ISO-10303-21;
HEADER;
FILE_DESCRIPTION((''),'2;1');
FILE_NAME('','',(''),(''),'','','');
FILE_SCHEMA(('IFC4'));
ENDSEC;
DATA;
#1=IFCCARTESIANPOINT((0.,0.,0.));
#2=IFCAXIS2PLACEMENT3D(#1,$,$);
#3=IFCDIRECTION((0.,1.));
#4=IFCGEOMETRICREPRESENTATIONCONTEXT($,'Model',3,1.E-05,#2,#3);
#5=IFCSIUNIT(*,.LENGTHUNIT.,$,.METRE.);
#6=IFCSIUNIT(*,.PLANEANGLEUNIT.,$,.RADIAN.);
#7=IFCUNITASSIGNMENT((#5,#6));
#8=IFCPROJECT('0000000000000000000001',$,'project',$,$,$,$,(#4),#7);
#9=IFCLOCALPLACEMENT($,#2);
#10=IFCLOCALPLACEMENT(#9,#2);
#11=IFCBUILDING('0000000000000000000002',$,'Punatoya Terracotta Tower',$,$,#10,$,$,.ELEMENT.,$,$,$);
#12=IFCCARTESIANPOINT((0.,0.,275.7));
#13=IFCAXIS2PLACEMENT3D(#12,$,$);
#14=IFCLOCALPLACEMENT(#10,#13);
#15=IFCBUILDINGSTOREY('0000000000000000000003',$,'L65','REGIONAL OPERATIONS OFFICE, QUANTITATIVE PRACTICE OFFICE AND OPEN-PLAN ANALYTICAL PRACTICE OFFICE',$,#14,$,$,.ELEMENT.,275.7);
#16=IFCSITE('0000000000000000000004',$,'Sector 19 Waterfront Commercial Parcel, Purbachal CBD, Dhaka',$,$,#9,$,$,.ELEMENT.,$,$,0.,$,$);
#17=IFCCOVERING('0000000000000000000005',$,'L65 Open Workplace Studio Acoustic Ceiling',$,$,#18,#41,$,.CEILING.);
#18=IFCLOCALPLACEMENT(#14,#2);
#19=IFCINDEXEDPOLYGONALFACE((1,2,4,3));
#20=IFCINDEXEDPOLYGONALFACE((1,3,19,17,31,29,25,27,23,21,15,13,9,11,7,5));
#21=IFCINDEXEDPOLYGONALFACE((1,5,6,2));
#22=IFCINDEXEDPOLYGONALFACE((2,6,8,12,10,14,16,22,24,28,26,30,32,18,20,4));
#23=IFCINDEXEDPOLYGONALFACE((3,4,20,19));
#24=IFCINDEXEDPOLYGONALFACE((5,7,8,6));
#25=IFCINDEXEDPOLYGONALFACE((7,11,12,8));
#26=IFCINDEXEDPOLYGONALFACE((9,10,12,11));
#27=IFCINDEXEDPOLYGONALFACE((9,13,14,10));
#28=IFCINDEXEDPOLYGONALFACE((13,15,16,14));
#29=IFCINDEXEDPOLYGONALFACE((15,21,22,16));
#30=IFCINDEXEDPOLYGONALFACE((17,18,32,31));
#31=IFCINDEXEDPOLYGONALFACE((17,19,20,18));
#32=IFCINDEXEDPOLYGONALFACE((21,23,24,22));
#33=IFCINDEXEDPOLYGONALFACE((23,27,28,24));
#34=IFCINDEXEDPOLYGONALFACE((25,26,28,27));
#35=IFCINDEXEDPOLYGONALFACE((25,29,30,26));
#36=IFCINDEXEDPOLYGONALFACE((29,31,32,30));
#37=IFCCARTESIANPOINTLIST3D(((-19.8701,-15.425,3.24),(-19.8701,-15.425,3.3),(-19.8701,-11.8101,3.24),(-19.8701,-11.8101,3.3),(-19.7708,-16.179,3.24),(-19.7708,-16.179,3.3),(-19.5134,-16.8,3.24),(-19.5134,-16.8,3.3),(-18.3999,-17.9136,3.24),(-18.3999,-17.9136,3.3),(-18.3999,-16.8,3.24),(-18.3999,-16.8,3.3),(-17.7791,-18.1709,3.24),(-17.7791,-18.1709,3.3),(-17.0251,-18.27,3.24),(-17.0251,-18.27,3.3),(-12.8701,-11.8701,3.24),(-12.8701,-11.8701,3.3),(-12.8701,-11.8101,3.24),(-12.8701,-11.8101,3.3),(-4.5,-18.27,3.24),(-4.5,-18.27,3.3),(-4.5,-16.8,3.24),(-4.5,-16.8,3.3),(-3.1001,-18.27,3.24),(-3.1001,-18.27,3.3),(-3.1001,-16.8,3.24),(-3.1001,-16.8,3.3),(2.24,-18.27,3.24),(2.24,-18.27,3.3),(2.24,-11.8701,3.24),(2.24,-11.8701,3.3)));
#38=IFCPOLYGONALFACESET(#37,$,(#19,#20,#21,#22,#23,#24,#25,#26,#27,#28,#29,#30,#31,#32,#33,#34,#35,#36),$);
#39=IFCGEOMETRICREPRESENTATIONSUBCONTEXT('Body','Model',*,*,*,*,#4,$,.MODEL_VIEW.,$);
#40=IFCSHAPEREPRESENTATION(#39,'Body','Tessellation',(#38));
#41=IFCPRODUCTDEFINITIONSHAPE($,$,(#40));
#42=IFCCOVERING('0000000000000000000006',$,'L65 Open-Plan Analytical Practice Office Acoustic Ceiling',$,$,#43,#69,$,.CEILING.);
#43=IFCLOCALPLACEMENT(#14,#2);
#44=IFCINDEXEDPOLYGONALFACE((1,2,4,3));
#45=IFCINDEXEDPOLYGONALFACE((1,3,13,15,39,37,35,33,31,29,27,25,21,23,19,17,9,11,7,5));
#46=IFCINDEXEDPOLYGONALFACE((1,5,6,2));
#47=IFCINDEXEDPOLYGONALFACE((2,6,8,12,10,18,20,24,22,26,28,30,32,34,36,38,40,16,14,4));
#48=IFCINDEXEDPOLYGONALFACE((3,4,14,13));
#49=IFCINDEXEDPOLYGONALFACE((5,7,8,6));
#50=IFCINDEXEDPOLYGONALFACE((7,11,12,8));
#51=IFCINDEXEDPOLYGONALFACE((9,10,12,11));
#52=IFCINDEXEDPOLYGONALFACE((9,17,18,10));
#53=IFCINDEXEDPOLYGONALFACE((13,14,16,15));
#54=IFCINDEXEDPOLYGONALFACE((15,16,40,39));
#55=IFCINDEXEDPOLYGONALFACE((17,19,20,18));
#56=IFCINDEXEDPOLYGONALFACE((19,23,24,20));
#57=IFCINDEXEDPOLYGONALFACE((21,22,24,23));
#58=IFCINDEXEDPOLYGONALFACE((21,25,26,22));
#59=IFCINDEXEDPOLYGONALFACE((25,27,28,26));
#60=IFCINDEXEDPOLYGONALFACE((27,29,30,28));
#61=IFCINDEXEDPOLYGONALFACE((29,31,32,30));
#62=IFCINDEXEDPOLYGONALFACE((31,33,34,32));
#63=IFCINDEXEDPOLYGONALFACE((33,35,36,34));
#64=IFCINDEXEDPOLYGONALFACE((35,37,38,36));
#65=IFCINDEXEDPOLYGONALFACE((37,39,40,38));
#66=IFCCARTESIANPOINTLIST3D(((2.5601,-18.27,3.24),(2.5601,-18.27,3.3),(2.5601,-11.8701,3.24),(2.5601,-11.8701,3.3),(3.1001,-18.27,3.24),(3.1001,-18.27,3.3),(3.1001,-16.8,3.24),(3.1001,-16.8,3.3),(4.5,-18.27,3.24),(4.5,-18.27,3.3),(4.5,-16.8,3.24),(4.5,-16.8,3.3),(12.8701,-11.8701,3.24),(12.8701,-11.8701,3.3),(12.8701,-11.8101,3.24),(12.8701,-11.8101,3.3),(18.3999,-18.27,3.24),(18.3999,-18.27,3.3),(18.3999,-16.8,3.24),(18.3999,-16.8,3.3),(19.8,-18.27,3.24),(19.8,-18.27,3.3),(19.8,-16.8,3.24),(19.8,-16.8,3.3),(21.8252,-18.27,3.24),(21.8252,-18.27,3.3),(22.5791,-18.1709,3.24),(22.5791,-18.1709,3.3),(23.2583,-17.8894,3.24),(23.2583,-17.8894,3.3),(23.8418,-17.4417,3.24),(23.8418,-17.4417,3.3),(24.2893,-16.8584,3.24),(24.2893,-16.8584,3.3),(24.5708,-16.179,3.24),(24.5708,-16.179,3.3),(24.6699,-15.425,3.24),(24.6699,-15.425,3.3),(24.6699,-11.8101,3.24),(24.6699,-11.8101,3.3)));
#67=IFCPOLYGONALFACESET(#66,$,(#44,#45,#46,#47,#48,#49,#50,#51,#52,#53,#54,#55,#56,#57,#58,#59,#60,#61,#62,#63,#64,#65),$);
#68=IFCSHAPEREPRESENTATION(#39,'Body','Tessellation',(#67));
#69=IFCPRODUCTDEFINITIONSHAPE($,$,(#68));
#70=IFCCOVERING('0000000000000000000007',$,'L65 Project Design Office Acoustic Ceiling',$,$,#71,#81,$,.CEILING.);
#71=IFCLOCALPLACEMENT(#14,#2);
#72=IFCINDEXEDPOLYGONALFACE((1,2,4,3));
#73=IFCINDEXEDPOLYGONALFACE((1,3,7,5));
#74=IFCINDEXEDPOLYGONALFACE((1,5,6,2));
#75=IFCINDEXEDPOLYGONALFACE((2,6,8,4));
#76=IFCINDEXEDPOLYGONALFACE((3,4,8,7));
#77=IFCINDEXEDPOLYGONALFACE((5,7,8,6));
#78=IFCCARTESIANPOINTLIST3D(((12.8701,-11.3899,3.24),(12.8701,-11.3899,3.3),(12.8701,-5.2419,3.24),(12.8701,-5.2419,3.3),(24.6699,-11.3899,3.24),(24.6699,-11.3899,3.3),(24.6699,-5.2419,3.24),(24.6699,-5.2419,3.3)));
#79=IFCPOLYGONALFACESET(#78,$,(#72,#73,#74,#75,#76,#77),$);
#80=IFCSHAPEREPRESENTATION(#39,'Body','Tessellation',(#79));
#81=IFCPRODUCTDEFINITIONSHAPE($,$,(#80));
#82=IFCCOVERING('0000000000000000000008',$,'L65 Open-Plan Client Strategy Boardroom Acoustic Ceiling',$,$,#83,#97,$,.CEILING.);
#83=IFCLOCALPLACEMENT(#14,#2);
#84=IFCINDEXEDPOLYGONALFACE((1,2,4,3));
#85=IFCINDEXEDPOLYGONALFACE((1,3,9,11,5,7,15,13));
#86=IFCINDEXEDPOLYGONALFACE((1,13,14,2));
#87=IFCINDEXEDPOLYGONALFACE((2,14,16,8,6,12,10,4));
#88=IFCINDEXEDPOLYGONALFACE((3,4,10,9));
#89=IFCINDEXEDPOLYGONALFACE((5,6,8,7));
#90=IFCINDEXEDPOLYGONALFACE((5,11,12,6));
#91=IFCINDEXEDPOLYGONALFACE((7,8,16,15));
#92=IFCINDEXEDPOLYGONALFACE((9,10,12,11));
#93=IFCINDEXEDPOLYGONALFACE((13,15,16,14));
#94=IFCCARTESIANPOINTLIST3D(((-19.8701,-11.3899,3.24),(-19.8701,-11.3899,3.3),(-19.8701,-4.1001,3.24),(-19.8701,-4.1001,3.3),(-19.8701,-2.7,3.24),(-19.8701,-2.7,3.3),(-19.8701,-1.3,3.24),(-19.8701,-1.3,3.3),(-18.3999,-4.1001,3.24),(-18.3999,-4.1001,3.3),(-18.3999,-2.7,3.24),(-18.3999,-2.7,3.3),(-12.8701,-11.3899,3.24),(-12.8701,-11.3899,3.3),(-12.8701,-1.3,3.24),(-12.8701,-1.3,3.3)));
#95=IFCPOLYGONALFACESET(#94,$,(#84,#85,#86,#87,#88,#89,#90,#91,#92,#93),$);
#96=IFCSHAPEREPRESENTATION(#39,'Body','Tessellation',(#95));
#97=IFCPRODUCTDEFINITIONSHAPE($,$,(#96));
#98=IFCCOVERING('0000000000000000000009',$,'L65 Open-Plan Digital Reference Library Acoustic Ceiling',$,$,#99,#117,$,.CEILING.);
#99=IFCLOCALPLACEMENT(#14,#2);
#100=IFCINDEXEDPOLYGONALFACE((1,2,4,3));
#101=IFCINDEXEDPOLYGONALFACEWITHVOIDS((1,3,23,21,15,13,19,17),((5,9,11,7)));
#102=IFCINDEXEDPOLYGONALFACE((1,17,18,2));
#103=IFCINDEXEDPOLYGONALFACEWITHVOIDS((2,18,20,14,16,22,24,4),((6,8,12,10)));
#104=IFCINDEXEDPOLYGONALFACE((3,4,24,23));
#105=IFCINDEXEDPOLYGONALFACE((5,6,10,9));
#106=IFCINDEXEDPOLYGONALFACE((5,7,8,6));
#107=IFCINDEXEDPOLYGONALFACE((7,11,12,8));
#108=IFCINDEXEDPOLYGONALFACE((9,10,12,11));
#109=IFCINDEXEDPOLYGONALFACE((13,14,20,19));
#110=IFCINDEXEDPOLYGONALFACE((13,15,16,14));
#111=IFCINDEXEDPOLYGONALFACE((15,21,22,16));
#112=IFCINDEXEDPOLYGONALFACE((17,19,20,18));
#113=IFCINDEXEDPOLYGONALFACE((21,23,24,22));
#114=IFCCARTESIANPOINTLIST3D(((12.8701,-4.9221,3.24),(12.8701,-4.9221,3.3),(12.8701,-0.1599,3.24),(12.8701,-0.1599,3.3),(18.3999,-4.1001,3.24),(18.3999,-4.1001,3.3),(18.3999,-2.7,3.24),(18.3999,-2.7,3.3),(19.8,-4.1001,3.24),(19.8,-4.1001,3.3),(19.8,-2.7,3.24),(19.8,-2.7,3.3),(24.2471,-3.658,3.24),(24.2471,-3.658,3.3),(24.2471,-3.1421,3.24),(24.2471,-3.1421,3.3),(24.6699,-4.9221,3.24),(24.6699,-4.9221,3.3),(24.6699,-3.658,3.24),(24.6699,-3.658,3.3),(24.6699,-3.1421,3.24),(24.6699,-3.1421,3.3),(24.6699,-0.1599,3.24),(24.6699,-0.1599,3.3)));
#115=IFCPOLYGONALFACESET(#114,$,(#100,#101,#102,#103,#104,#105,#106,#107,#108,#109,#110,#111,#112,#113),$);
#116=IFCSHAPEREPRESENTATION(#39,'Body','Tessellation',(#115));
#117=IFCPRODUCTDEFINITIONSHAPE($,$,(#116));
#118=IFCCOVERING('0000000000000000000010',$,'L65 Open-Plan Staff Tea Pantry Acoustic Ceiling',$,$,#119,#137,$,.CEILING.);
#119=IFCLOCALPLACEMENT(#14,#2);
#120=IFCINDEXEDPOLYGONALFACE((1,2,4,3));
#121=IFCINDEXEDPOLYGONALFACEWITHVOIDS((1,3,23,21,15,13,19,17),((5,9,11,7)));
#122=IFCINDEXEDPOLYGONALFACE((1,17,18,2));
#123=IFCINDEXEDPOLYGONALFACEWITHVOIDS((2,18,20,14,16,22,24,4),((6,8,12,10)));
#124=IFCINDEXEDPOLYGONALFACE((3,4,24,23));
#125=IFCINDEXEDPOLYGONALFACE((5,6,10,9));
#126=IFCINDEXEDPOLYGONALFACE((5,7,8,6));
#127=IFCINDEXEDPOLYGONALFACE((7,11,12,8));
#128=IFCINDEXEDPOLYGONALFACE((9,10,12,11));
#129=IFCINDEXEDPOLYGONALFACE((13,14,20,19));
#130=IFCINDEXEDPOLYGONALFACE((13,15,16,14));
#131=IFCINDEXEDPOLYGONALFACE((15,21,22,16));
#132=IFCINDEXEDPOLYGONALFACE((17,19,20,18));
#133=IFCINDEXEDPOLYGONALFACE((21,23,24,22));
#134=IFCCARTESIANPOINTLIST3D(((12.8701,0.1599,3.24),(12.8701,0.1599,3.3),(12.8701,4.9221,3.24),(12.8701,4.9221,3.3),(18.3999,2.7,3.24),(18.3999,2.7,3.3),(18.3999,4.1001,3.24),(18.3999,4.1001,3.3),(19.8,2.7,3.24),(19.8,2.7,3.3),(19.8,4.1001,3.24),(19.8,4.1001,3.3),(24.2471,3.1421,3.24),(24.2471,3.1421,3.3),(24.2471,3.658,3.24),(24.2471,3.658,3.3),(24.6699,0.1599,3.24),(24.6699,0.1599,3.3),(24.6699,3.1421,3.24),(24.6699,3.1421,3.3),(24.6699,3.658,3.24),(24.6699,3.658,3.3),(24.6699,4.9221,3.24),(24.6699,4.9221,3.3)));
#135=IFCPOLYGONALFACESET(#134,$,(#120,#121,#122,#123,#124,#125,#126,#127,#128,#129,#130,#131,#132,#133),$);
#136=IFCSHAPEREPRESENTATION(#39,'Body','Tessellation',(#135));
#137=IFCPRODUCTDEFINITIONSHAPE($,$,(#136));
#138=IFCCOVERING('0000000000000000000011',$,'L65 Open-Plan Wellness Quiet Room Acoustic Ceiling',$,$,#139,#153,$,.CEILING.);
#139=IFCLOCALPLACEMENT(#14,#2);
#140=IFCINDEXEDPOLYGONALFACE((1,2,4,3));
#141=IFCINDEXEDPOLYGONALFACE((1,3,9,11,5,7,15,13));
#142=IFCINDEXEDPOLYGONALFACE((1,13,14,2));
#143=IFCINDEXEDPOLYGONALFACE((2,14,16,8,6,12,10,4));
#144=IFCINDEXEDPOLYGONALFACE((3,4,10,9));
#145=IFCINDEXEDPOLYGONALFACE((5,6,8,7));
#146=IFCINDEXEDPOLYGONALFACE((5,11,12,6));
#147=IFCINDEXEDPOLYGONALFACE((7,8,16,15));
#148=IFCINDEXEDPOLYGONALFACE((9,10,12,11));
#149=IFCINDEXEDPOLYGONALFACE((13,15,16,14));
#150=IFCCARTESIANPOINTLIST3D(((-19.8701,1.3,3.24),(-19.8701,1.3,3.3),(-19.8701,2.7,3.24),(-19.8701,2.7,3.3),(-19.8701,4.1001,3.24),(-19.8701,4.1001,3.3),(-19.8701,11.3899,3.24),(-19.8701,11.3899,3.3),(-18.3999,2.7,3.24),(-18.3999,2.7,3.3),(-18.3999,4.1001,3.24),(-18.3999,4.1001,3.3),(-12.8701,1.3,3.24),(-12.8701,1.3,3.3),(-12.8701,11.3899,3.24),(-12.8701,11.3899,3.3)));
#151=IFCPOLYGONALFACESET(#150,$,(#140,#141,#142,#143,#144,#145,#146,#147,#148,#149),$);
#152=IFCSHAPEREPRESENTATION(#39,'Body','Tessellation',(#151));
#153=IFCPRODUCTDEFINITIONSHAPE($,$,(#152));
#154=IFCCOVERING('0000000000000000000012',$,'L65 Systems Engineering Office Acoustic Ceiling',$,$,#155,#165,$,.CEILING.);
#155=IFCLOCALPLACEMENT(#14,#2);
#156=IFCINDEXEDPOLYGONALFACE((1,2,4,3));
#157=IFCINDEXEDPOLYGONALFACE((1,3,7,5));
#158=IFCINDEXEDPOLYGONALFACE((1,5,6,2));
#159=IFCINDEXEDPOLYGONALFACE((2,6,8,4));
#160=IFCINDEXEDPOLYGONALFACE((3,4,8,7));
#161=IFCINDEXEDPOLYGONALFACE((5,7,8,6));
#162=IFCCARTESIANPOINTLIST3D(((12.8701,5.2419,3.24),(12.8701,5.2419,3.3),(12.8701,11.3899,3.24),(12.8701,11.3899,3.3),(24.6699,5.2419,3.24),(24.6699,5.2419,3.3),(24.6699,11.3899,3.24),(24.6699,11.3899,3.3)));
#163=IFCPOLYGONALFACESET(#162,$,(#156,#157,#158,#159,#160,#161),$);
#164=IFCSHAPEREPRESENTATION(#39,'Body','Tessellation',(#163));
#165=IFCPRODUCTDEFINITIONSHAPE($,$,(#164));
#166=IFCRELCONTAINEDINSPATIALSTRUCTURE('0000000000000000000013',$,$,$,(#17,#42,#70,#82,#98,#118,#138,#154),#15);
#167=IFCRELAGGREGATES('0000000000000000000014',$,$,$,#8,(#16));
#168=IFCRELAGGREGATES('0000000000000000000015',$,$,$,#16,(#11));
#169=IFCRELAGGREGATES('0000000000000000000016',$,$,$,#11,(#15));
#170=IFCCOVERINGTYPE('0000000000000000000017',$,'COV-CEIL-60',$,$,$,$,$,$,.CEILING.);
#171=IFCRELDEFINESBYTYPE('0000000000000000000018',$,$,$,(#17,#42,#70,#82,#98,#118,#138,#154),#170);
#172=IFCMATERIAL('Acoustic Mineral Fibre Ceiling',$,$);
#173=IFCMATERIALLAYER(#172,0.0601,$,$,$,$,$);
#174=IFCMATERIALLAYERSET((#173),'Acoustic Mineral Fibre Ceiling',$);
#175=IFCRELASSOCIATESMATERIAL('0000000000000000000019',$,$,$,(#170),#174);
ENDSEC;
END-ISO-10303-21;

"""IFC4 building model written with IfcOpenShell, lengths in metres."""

from ifc_helpers import new_model, si_unit, direction, frame, origin, place, context, subcontext, project, spatial, polyline, outline, extrude, material, layer, layer_set, type_object, element, save


model = new_model("IFC4")

# Units and contexts
model_context = context("Model", 3, precision=1e-05, world=origin(), true_north=direction((0.0, 1.0)))
body_context = subcontext(model_context, "Body", "Model", "MODEL_VIEW")
ifc_project = project(units=[si_unit("LENGTHUNIT", "METRE"), si_unit("PLANEANGLEUNIT", "RADIAN")], contexts=[model_context])

# Site, building, storey
site_placement = place(None, origin())
site = spatial("IfcSite", under=ifc_project, at=site_placement, Name="Sector 19 Waterfront Commercial Parcel, Purbachal CBD, Dhaka", CompositionType="ELEMENT", RefElevation=0.0)
building_placement = place(site_placement, origin())
building = spatial("IfcBuilding", under=site, at=building_placement, Name="Punatoya Terracotta Tower", CompositionType="ELEMENT")
storey_placement = place(building_placement, frame((0.0, 0.0, 275.7)))
storey = spatial("IfcBuildingStorey", under=building, at=storey_placement, Name="L65", Description="REGIONAL OPERATIONS OFFICE, QUANTITATIVE PRACTICE OFFICE AND OPEN-PLAN ANALYTICAL PRACTICE OFFICE", CompositionType="ELEMENT", Elevation=275.7)

# Coverings
ifc_material_1 = material(Name="Acoustic Mineral Fibre Ceiling")
ifc_layer_1 = layer(ifc_material_1, 0.0601)
ifc_layer_set_1 = layer_set([ifc_layer_1], Name="Acoustic Mineral Fibre Ceiling")
covering_type = type_object("IfcCoveringType", Name="COV-CEIL-60", PredefinedType="CEILING", material=ifc_layer_set_1)
covering_1_placement = place(storey_placement, frame((0.0, 0.0, 3.24)))
element("IfcCovering", 1, at=covering_1_placement, inside=storey, type_object=covering_type, Name="L65 Open Workplace Studio Acoustic Ceiling", PredefinedType="CEILING", context=body_context, shape_type="SweptSolid", body=[
    extrude(outline(polyline([(-19.5134, -16.8), (-18.3999, -16.8), (-18.3999, -17.9136), (-17.7791, -18.1709), (-17.0251, -18.27), (-4.5, -18.27), (-4.5, -16.8), (-3.1001, -16.8), (-3.1001, -18.27), (2.24, -18.27), (2.24, -11.8701), (-12.8701, -11.8701), (-12.8701, -11.8101), (-19.8701, -11.8101), (-19.8701, -15.425), (-19.7708, -16.179), (-19.5134, -16.8)])), origin(), (0.0, 0.0, 1.0), 0.0601),
])
covering_2_placement = place(storey_placement, frame((0.0, 0.0, 3.24)))
element("IfcCovering", 2, at=covering_2_placement, inside=storey, type_object=covering_type, Name="L65 Open-Plan Analytical Practice Office Acoustic Ceiling", PredefinedType="CEILING", context=body_context, shape_type="SweptSolid", body=[
    extrude(outline(polyline([(3.1001, -18.27), (3.1001, -16.8), (4.5, -16.8), (4.5, -18.27), (18.3999, -18.27), (18.3999, -16.8), (19.8, -16.8), (19.8, -18.27), (21.8252, -18.27), (22.5791, -18.1709), (23.2583, -17.8894), (23.8418, -17.4417), (24.2893, -16.8584), (24.5708, -16.179), (24.6699, -15.425), (24.6699, -11.8101), (12.8701, -11.8101), (12.8701, -11.8701), (2.5601, -11.8701), (2.5601, -18.27), (3.1001, -18.27)])), origin(), (0.0, 0.0, 1.0), 0.0601),
])
covering_3_placement = place(storey_placement, frame((0.0, 0.0, 3.24)))
element("IfcCovering", 3, at=covering_3_placement, inside=storey, type_object=covering_type, Name="L65 Project Design Office Acoustic Ceiling", PredefinedType="CEILING", context=body_context, shape_type="SweptSolid", body=[
    extrude(outline(polyline([(12.8701, -5.2419), (12.8701, -11.3899), (24.6699, -11.3899), (24.6699, -5.2419), (12.8701, -5.2419)])), origin(), (0.0, 0.0, 1.0), 0.0601),
])
covering_4_placement = place(storey_placement, frame((0.0, 0.0, 3.24)))
element("IfcCovering", 4, at=covering_4_placement, inside=storey, type_object=covering_type, Name="L65 Open-Plan Client Strategy Boardroom Acoustic Ceiling", PredefinedType="CEILING", context=body_context, shape_type="SweptSolid", body=[
    extrude(outline(polyline([(-19.8701, -4.1001), (-19.8701, -11.3899), (-12.8701, -11.3899), (-12.8701, -1.3), (-19.8701, -1.3), (-19.8701, -2.7), (-18.3999, -2.7), (-18.3999, -4.1001), (-19.8701, -4.1001)])), origin(), (0.0, 0.0, 1.0), 0.0601),
])
covering_5_placement = place(storey_placement, frame((0.0, 0.0, 3.24)))
element("IfcCovering", 5, at=covering_5_placement, inside=storey, type_object=covering_type, Name="L65 Open-Plan Digital Reference Library Acoustic Ceiling", PredefinedType="CEILING", context=body_context, shape_type="SweptSolid", body=[
    extrude(outline(polyline([(24.2471, -3.658), (24.2471, -3.1421), (24.6699, -3.1421), (24.6699, -0.1599), (12.8701, -0.1599), (12.8701, -4.9221), (24.6699, -4.9221), (24.6699, -3.658), (24.2471, -3.658)]), holes=[polyline([(18.3999, -4.1001), (18.3999, -2.7), (19.8, -2.7), (19.8, -4.1001), (18.3999, -4.1001)])]), origin(), (0.0, 0.0, 1.0), 0.0601),
])
covering_6_placement = place(storey_placement, frame((0.0, 0.0, 3.24)))
element("IfcCovering", 6, at=covering_6_placement, inside=storey, type_object=covering_type, Name="L65 Open-Plan Staff Tea Pantry Acoustic Ceiling", PredefinedType="CEILING", context=body_context, shape_type="SweptSolid", body=[
    extrude(outline(polyline([(12.8701, 4.9221), (12.8701, 0.1599), (24.6699, 0.1599), (24.6699, 3.1421), (24.2471, 3.1421), (24.2471, 3.658), (24.6699, 3.658), (24.6699, 4.9221), (12.8701, 4.9221)]), holes=[polyline([(18.3999, 4.1001), (19.8, 4.1001), (19.8, 2.7), (18.3999, 2.7), (18.3999, 4.1001)])]), origin(), (0.0, 0.0, 1.0), 0.0601),
])
covering_7_placement = place(storey_placement, frame((0.0, 0.0, 3.24)))
element("IfcCovering", 7, at=covering_7_placement, inside=storey, type_object=covering_type, Name="L65 Open-Plan Wellness Quiet Room Acoustic Ceiling", PredefinedType="CEILING", context=body_context, shape_type="SweptSolid", body=[
    extrude(outline(polyline([(-19.8701, 1.3), (-12.8701, 1.3), (-12.8701, 11.3899), (-19.8701, 11.3899), (-19.8701, 4.1001), (-18.3999, 4.1001), (-18.3999, 2.7), (-19.8701, 2.7), (-19.8701, 1.3)])), origin(), (0.0, 0.0, 1.0), 0.0601),
])
covering_8_placement = place(storey_placement, frame((0.0, 0.0, 3.24)))
element("IfcCovering", 8, at=covering_8_placement, inside=storey, type_object=covering_type, Name="L65 Systems Engineering Office Acoustic Ceiling", PredefinedType="CEILING", context=body_context, shape_type="SweptSolid", body=[
    extrude(outline(polyline([(12.8701, 11.3899), (12.8701, 5.2419), (24.6699, 5.2419), (24.6699, 11.3899), (12.8701, 11.3899)])), origin(), (0.0, 0.0, 1.0), 0.0601),
])

save(model, "model.ifc")
